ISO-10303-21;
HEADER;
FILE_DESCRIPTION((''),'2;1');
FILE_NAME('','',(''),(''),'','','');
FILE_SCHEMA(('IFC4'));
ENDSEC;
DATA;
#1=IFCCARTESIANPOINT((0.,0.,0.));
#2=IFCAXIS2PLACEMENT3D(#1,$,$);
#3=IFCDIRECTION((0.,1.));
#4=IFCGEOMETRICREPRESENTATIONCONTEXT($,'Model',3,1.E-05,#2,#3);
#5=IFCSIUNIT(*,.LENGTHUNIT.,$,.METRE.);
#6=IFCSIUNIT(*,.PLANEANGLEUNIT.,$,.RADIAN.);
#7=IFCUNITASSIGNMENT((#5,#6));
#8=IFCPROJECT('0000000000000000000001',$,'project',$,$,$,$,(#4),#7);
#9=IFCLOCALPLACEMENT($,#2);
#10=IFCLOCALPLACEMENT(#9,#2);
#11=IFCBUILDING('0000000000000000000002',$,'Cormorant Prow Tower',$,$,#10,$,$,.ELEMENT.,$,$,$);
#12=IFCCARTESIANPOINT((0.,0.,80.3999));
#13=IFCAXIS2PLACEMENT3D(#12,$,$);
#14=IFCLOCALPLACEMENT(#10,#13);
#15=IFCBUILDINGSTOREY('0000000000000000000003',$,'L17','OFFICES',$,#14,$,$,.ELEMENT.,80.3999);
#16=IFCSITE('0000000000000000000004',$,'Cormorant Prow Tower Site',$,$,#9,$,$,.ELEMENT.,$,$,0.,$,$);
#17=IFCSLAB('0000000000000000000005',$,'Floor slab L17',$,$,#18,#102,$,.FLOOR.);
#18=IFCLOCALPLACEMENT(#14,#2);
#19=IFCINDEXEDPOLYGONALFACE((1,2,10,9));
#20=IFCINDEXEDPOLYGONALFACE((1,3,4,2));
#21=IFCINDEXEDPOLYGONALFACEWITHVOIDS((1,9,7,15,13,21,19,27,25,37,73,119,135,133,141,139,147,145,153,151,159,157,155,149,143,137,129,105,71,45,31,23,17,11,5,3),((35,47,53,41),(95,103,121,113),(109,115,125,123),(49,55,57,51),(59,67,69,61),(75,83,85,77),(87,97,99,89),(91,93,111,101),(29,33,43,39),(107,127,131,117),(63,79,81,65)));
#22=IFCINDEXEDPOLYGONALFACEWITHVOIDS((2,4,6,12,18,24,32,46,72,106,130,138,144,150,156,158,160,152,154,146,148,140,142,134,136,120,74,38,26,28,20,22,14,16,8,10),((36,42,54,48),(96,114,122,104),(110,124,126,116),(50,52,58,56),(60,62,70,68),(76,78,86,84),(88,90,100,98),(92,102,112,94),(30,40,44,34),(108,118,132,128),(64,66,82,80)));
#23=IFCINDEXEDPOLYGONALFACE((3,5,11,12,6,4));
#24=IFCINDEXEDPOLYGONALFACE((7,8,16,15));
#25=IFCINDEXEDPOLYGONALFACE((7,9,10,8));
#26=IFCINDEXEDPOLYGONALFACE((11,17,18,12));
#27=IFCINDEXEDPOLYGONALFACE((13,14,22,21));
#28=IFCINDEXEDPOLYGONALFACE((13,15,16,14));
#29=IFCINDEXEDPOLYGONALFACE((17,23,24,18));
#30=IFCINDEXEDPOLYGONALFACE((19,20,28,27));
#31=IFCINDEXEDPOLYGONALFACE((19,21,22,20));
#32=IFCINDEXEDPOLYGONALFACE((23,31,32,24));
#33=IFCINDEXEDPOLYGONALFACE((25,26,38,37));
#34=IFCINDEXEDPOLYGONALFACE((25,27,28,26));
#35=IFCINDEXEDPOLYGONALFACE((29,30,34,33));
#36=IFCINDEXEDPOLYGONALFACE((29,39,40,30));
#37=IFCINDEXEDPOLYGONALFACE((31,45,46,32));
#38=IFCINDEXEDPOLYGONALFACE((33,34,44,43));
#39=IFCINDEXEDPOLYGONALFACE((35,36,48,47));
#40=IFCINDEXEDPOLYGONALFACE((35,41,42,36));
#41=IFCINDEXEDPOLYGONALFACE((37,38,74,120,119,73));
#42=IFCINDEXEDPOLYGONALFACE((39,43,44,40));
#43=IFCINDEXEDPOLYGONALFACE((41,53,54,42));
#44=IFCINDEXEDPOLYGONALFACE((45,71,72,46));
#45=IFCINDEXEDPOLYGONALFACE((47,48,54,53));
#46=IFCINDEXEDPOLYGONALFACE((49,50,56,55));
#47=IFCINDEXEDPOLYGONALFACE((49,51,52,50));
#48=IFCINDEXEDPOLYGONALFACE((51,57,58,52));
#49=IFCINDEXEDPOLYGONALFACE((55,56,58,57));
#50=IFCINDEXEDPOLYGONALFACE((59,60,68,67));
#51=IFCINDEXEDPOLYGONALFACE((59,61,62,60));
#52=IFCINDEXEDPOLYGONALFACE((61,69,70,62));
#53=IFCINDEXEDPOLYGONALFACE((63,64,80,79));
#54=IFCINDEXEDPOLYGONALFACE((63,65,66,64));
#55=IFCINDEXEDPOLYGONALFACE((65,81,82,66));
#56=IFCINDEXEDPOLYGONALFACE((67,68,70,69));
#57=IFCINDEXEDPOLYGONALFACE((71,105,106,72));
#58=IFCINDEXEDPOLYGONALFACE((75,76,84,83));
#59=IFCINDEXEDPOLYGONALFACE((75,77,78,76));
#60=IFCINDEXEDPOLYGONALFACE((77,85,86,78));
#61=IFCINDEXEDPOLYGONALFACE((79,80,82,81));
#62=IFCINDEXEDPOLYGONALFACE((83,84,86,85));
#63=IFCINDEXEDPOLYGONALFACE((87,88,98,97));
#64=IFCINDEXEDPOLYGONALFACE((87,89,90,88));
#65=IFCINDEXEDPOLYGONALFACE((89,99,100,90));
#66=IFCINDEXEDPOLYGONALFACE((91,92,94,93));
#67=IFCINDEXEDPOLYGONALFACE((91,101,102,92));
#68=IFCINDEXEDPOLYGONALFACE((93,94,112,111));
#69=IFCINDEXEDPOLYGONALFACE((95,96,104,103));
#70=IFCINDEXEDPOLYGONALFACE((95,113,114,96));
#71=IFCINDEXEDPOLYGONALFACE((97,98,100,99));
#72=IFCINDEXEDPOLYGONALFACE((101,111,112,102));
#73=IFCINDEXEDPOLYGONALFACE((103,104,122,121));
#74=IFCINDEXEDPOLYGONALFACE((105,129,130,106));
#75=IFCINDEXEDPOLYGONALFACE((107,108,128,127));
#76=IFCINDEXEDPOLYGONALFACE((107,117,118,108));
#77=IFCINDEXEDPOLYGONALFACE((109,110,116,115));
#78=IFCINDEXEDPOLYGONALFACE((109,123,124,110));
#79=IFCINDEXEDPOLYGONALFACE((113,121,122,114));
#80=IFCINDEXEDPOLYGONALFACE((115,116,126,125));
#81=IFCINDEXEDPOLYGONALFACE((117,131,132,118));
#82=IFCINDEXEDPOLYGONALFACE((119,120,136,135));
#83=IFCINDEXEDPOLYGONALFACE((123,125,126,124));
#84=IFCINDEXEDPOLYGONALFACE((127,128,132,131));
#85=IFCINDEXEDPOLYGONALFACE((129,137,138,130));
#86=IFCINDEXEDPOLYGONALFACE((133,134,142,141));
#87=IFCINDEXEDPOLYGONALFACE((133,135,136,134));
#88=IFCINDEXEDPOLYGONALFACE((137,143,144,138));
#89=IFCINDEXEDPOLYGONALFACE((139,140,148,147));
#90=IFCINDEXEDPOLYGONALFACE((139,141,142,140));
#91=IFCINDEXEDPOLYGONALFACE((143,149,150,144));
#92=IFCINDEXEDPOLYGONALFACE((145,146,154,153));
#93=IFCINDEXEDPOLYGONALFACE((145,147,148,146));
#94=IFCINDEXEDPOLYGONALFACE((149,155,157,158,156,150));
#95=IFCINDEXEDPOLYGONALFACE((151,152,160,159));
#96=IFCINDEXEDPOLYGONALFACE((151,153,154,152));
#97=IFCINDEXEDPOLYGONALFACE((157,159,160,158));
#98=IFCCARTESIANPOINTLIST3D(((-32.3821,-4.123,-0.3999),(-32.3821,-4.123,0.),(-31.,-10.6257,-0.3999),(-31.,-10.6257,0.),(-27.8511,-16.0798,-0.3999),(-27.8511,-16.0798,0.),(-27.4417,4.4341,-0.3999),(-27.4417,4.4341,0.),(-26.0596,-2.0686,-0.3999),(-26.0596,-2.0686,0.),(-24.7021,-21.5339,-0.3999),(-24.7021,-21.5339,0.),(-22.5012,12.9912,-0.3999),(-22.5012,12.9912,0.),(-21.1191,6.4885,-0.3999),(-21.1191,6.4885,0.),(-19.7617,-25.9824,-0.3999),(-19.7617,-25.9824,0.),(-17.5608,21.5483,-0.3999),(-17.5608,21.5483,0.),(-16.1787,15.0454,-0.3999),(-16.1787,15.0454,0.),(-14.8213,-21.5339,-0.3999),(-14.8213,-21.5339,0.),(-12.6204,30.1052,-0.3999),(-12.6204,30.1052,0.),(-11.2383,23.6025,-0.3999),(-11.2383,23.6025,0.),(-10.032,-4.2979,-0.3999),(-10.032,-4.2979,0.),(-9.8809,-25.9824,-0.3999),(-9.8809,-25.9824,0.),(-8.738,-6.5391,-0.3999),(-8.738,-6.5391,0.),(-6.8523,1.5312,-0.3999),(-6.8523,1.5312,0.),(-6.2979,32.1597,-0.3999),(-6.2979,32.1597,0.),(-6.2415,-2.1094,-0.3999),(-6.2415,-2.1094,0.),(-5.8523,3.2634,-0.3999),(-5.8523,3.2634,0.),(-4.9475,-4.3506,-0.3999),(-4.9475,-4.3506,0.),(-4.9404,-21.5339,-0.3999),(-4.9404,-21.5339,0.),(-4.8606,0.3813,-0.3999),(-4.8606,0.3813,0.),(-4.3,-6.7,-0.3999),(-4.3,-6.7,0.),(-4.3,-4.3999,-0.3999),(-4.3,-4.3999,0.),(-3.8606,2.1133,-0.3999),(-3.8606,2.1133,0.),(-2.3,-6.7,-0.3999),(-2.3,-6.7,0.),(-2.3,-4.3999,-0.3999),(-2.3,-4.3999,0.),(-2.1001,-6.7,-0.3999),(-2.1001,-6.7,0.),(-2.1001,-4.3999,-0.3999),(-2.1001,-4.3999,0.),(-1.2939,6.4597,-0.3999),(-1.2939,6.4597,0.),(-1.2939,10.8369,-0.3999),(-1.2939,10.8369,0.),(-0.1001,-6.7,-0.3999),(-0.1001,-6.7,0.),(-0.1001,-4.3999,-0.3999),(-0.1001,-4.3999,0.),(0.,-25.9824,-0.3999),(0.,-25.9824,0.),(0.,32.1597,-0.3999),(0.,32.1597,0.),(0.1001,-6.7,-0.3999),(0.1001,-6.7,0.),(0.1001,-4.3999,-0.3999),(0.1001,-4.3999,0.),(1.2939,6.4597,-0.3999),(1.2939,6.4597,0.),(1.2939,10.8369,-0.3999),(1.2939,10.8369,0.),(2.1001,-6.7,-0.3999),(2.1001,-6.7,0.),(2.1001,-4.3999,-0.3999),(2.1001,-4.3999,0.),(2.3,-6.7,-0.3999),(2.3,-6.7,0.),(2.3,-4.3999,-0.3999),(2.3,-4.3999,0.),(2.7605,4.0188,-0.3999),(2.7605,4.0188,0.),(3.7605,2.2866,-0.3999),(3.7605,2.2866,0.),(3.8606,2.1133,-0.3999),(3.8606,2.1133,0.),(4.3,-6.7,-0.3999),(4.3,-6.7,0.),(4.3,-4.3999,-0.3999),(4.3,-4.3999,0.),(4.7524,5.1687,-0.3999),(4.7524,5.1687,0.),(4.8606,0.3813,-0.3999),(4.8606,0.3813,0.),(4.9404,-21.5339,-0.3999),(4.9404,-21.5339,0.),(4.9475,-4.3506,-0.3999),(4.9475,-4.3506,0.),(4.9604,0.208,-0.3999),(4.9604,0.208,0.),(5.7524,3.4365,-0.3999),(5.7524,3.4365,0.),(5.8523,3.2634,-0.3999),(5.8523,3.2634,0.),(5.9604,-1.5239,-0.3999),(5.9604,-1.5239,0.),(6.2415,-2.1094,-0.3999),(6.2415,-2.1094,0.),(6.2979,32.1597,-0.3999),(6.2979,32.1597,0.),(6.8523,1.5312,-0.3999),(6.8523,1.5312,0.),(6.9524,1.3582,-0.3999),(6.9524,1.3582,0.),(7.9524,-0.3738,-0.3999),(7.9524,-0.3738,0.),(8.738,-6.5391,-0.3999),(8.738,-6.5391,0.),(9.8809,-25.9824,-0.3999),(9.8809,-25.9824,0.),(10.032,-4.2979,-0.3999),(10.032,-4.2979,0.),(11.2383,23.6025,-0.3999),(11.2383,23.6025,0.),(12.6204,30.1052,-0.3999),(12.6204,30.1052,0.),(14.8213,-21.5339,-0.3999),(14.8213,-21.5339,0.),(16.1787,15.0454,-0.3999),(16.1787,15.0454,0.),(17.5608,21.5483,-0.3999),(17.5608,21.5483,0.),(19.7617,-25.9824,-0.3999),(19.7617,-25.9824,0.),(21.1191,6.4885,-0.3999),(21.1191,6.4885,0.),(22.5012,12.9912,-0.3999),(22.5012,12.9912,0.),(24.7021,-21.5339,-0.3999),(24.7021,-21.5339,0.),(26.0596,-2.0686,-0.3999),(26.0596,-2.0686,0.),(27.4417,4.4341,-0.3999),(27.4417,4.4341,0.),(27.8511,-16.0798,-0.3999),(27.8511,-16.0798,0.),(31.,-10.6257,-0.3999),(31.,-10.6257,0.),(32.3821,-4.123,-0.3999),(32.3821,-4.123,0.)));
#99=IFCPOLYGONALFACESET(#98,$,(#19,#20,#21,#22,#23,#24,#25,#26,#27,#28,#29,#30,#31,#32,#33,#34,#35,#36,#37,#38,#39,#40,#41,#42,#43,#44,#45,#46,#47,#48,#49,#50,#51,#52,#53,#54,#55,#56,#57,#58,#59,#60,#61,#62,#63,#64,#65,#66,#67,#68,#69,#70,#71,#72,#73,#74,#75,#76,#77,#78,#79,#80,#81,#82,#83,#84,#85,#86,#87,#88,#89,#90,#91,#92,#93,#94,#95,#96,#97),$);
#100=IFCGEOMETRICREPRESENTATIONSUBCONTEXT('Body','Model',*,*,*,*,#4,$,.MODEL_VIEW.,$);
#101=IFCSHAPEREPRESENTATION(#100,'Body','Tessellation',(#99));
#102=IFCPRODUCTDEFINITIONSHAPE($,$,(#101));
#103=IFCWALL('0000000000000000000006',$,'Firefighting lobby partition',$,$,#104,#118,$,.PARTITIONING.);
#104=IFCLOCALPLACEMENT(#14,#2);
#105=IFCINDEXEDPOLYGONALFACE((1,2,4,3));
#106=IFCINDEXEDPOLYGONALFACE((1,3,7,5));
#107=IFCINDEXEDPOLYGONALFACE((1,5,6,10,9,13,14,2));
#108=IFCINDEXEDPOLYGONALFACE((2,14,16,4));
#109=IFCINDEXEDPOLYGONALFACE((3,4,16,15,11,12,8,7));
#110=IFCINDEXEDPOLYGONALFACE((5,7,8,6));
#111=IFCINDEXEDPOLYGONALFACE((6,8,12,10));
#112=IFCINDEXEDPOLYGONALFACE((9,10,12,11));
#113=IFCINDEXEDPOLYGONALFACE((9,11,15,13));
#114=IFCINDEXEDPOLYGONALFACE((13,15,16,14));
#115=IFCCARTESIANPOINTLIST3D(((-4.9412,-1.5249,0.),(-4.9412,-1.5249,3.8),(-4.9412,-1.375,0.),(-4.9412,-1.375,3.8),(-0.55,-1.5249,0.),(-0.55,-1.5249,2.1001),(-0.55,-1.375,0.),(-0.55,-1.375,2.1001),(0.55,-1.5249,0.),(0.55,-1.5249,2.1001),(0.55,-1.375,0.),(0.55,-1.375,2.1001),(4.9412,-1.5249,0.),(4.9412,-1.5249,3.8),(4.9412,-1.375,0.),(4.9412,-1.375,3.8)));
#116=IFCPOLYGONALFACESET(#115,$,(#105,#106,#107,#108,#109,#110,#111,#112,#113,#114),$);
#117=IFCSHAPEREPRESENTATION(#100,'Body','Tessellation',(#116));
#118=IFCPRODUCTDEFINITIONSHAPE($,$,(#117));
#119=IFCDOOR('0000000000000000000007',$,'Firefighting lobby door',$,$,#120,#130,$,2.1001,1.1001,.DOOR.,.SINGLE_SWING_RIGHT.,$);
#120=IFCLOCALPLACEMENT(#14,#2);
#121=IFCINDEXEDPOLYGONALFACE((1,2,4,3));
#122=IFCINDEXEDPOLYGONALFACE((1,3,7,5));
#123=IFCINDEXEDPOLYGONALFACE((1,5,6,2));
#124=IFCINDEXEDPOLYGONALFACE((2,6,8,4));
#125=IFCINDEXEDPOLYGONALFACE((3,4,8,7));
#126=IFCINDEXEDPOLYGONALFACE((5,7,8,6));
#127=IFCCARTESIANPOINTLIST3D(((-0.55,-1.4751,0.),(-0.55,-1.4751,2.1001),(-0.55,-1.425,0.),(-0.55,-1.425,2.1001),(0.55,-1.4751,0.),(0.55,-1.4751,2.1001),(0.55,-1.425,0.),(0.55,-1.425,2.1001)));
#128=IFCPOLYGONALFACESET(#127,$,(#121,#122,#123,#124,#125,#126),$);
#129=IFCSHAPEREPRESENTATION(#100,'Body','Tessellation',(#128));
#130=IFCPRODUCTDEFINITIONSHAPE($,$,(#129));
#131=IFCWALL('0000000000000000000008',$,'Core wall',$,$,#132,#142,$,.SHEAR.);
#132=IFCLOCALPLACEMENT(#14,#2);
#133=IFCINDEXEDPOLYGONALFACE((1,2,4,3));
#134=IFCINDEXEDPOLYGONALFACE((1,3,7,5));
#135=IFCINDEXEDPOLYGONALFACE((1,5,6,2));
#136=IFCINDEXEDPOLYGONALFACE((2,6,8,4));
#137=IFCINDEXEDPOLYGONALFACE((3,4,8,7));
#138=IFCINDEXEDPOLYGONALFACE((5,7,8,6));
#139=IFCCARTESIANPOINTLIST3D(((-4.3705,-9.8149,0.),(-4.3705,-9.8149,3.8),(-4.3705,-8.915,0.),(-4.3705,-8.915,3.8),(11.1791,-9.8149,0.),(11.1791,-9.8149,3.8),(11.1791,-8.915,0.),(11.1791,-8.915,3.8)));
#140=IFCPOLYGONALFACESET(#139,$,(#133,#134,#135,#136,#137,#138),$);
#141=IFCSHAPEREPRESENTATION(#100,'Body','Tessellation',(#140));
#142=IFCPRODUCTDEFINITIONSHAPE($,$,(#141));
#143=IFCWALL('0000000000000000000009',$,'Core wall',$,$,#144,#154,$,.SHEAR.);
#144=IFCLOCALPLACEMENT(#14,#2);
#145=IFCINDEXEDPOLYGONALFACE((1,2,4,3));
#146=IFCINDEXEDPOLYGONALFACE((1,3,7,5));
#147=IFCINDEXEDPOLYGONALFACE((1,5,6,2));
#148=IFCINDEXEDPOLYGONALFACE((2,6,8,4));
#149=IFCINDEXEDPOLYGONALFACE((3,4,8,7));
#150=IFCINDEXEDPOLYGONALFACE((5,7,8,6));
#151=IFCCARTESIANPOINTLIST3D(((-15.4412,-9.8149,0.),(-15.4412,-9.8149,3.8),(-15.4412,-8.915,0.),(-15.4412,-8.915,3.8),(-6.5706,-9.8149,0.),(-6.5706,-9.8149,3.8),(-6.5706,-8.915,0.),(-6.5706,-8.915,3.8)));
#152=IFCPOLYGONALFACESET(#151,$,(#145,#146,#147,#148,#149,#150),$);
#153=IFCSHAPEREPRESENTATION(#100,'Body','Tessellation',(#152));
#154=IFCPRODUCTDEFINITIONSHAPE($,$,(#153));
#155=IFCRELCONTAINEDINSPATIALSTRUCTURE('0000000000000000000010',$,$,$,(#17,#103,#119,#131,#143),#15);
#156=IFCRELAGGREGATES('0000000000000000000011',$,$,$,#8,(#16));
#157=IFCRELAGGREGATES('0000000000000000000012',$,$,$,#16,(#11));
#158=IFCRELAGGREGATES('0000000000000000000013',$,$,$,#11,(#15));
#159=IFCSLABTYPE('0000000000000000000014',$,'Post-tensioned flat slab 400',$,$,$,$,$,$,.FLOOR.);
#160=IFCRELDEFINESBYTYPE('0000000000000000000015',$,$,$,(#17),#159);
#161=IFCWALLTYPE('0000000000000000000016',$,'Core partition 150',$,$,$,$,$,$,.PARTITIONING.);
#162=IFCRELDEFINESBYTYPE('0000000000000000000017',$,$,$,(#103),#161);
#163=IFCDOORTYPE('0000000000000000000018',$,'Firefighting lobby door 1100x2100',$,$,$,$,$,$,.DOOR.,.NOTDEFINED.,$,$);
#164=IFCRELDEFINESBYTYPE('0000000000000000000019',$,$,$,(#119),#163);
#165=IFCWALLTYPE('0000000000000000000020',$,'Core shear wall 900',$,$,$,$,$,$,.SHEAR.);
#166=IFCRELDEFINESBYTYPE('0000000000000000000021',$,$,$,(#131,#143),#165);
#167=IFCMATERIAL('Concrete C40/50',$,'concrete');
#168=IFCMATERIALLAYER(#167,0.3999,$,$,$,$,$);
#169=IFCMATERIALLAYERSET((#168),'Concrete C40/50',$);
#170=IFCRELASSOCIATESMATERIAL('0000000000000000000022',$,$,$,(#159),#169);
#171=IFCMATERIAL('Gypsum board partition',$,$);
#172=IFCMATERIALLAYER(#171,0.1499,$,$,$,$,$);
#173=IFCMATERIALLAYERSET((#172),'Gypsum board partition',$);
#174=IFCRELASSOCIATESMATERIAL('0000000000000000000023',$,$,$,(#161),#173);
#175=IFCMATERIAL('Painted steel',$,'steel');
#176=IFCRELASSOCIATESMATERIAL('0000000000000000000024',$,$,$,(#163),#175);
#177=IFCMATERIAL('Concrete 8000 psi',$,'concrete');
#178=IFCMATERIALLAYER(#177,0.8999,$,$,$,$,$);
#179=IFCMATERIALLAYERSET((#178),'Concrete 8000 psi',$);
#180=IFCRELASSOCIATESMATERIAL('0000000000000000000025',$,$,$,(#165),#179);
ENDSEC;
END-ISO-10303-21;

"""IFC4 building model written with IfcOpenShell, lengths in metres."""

from ifc_helpers import new_model, si_unit, direction, frame, frame_2d, origin, place, context, subcontext, project, spatial, polyline, rectangle, outline, extrude, material, layer, layer_set, type_object, element, fill, save


model = new_model("IFC4")

# Units and contexts
model_context = context("Model", 3, precision=1e-05, world=origin(), true_north=direction((0.0, 1.0)))
body_context = subcontext(model_context, "Body", "Model", "MODEL_VIEW")
ifc_project = project(units=[si_unit("LENGTHUNIT", "METRE"), si_unit("PLANEANGLEUNIT", "RADIAN")], contexts=[model_context])

# Site, building, storey
site_placement = place(None, origin())
site = spatial("IfcSite", under=ifc_project, at=site_placement, Name="Cormorant Prow Tower Site", CompositionType="ELEMENT", RefElevation=0.0)
building_placement = place(site_placement, origin())
building = spatial("IfcBuilding", under=site, at=building_placement, Name="Cormorant Prow Tower", CompositionType="ELEMENT")
storey_placement = place(building_placement, frame((0.0, 0.0, 80.3999)))
storey = spatial("IfcBuildingStorey", under=building, at=storey_placement, Name="L17", Description="OFFICES", CompositionType="ELEMENT", Elevation=80.3999)

# Slab
ifc_material_1 = material(Name="Concrete C40/50", Category="concrete")
ifc_layer_1 = layer(ifc_material_1, 0.3999)
ifc_layer_set_1 = layer_set([ifc_layer_1], Name="Concrete C40/50")
slab_type_1 = type_object("IfcSlabType", Name="Post-tensioned flat slab 400", PredefinedType="FLOOR", material=ifc_layer_set_1)
slab_1_placement = place(storey_placement, frame((0.0, 0.0, -0.3999)))
element("IfcSlab", 1, at=slab_1_placement, inside=storey, type_object=slab_type_1, Name="Floor slab L17", PredefinedType="FLOOR", context=body_context, shape_type="SweptSolid", body=[
    extrude(outline(polyline([(-12.6204, 30.1052), (-11.2383, 23.6025), (-17.5608, 21.5483), (-16.1787, 15.0454), (-22.5012, 12.9912), (-21.1191, 6.4885), (-27.4417, 4.4341), (-26.0596, -2.0686), (-32.3821, -4.123), (-31.0, -10.6257), (-27.8511, -16.0798), (-24.7021, -21.5339), (-19.7617, -25.9824), (-14.8213, -21.5339), (-9.8809, -25.9824), (-4.9404, -21.5339), (0.0, -25.9824), (4.9404, -21.5339), (9.8809, -25.9824), (14.8213, -21.5339), (19.7617, -25.9824), (24.7021, -21.5339), (27.8511, -16.0798), (31.0, -10.6257), (32.3821, -4.123), (26.0596, -2.0686), (27.4417, 4.4341), (21.1191, 6.4885), (22.5012, 12.9912), (16.1787, 15.0454), (17.5608, 21.5483), (11.2383, 23.6025), (12.6204, 30.1052), (6.2979, 32.1597), (0.0, 32.1597), (-6.2979, 32.1597), (-12.6204, 30.1052)]), holes=[polyline([(-4.3, -6.7), (-4.3, -4.3999), (-2.3, -4.3999), (-2.3, -6.7), (-4.3, -6.7)]), polyline([(-2.1001, -4.3999), (-0.1001, -4.3999), (-0.1001, -6.7), (-2.1001, -6.7), (-2.1001, -4.3999)]), polyline([(2.1001, -4.3999), (2.1001, -6.7), (0.1001, -6.7), (0.1001, -4.3999), (2.1001, -4.3999)]), polyline([(4.3, -6.7), (2.3, -6.7), (2.3, -4.3999), (4.3, -4.3999), (4.3, -6.7)]), polyline([(7.9524, -0.3738), (5.9604, -1.5239), (4.9604, 0.208), (6.9524, 1.3582), (7.9524, -0.3738)]), polyline([(4.8606, 0.3813), (3.8606, 2.1133), (5.8523, 3.2634), (6.8523, 1.5312), (4.8606, 0.3813)]), polyline([(2.7605, 4.0188), (4.7524, 5.1687), (5.7524, 3.4365), (3.7605, 2.2866), (2.7605, 4.0188)]), polyline([(-6.8523, 1.5312), (-5.8523, 3.2634), (-3.8606, 2.1133), (-4.8606, 0.3813), (-6.8523, 1.5312)]), polyline([(-4.9475, -4.3506), (-8.738, -6.5391), (-10.032, -4.2979), (-6.2415, -2.1094), (-4.9475, -4.3506)]), polyline([(10.032, -4.2979), (8.738, -6.5391), (4.9475, -4.3506), (6.2415, -2.1094), (10.032, -4.2979)]), polyline([(1.2939, 10.8369), (1.2939, 6.4597), (-1.2939, 6.4597), (-1.2939, 10.8369), (1.2939, 10.8369)])]), origin(), (0.0, 0.0, 1.0), 0.3999),
])

# Wall, opening, door
ifc_material_2 = material(Name="Gypsum board partition")
ifc_layer_2 = layer(ifc_material_2, 0.1499)
ifc_layer_set_2 = layer_set([ifc_layer_2], Name="Gypsum board partition")
wall_type_1 = type_object("IfcWallType", Name="Core partition 150", PredefinedType="PARTITIONING", material=ifc_layer_set_2)
wall_1_placement = place(storey_placement, frame((-4.9412, -1.45, 0.0), z_axis=(0.0, 0.0, 1.0), x_axis=(1.0, 0.0, 0.0)))
wall_1 = element("IfcWall", 2, at=wall_1_placement, inside=storey, type_object=wall_type_1, Name="Firefighting lobby partition", PredefinedType="PARTITIONING", context=body_context, shape_type="SweptSolid", body=[
    extrude(rectangle(XDim=9.8823, YDim=0.1499, at=frame_2d((4.9412, 0.0))), origin(), (0.0, 0.0, 1.0), 3.8),
])
opening_1_placement = place(wall_1_placement, frame((4.3911, 0.0, 0.0)))
opening_1 = element("IfcOpeningElement", 3, at=opening_1_placement, cuts=wall_1, PredefinedType="OPENING", context=body_context, shape_type="SweptSolid", body=[
    extrude(rectangle(XDim=1.1001, YDim=2.1001, at=frame_2d((0.55, 1.05))), frame((0.0, 0.085, 0.0), z_axis=(0.0, -1.0, 0.0), x_axis=(1.0, 0.0, 0.0)), (0.0, 0.0, 1.0), 0.1699),
])
ifc_material_3 = material(Name="Painted steel", Category="steel")
door_type_1 = type_object("IfcDoorType", Name="Firefighting lobby door 1100x2100", OperationType="NOTDEFINED", PredefinedType="DOOR", material=ifc_material_3)
door_1_placement = place(opening_1_placement, origin())
door_1 = element("IfcDoor", 4, at=door_1_placement, inside=storey, type_object=door_type_1, Name="Firefighting lobby door", OperationType="SINGLE_SWING_RIGHT", OverallHeight=2.1001, OverallWidth=1.1001, PredefinedType="DOOR", context=body_context, shape_type="SweptSolid", body=[
    extrude(rectangle(XDim=1.1001, YDim=2.1001, at=frame_2d((0.55, 1.05))), frame((0.0, 0.0249, 0.0), z_axis=(0.0, -1.0, 0.0), x_axis=(1.0, 0.0, 0.0)), (0.0, 0.0, 1.0), 0.05),
])
fill(opening_1, door_1)

# Walls
ifc_material_4 = material(Name="Concrete 8000 psi", Category="concrete")
ifc_layer_3 = layer(ifc_material_4, 0.8999)
ifc_layer_set_3 = layer_set([ifc_layer_3], Name="Concrete 8000 psi")
wall_type_2 = type_object("IfcWallType", Name="Core shear wall 900", PredefinedType="SHEAR", material=ifc_layer_set_3)
wall_2_placement = place(storey_placement, frame((-4.3706, -9.365, 0.0), z_axis=(0.0, 0.0, 1.0), x_axis=(1.0, 0.0, 0.0)))
element("IfcWall", 5, at=wall_2_placement, inside=storey, type_object=wall_type_2, Name="Core wall", PredefinedType="SHEAR", context=body_context, shape_type="SweptSolid", body=[
    extrude(rectangle(XDim=15.5496, YDim=0.8999, at=frame_2d((7.7749, 0.0))), origin(), (0.0, 0.0, 1.0), 3.8),
])
wall_3_placement = place(storey_placement, frame((-15.4412, -9.365, 0.0), z_axis=(0.0, 0.0, 1.0), x_axis=(1.0, 0.0, 0.0)))
element("IfcWall", 6, at=wall_3_placement, inside=storey, type_object=wall_type_2, Name="Core wall", PredefinedType="SHEAR", context=body_context, shape_type="SweptSolid", body=[
    extrude(rectangle(XDim=8.8706, YDim=0.8999, at=frame_2d((4.4353, 0.0))), origin(), (0.0, 0.0, 1.0), 3.8),
])

save(model, "model.ifc")
